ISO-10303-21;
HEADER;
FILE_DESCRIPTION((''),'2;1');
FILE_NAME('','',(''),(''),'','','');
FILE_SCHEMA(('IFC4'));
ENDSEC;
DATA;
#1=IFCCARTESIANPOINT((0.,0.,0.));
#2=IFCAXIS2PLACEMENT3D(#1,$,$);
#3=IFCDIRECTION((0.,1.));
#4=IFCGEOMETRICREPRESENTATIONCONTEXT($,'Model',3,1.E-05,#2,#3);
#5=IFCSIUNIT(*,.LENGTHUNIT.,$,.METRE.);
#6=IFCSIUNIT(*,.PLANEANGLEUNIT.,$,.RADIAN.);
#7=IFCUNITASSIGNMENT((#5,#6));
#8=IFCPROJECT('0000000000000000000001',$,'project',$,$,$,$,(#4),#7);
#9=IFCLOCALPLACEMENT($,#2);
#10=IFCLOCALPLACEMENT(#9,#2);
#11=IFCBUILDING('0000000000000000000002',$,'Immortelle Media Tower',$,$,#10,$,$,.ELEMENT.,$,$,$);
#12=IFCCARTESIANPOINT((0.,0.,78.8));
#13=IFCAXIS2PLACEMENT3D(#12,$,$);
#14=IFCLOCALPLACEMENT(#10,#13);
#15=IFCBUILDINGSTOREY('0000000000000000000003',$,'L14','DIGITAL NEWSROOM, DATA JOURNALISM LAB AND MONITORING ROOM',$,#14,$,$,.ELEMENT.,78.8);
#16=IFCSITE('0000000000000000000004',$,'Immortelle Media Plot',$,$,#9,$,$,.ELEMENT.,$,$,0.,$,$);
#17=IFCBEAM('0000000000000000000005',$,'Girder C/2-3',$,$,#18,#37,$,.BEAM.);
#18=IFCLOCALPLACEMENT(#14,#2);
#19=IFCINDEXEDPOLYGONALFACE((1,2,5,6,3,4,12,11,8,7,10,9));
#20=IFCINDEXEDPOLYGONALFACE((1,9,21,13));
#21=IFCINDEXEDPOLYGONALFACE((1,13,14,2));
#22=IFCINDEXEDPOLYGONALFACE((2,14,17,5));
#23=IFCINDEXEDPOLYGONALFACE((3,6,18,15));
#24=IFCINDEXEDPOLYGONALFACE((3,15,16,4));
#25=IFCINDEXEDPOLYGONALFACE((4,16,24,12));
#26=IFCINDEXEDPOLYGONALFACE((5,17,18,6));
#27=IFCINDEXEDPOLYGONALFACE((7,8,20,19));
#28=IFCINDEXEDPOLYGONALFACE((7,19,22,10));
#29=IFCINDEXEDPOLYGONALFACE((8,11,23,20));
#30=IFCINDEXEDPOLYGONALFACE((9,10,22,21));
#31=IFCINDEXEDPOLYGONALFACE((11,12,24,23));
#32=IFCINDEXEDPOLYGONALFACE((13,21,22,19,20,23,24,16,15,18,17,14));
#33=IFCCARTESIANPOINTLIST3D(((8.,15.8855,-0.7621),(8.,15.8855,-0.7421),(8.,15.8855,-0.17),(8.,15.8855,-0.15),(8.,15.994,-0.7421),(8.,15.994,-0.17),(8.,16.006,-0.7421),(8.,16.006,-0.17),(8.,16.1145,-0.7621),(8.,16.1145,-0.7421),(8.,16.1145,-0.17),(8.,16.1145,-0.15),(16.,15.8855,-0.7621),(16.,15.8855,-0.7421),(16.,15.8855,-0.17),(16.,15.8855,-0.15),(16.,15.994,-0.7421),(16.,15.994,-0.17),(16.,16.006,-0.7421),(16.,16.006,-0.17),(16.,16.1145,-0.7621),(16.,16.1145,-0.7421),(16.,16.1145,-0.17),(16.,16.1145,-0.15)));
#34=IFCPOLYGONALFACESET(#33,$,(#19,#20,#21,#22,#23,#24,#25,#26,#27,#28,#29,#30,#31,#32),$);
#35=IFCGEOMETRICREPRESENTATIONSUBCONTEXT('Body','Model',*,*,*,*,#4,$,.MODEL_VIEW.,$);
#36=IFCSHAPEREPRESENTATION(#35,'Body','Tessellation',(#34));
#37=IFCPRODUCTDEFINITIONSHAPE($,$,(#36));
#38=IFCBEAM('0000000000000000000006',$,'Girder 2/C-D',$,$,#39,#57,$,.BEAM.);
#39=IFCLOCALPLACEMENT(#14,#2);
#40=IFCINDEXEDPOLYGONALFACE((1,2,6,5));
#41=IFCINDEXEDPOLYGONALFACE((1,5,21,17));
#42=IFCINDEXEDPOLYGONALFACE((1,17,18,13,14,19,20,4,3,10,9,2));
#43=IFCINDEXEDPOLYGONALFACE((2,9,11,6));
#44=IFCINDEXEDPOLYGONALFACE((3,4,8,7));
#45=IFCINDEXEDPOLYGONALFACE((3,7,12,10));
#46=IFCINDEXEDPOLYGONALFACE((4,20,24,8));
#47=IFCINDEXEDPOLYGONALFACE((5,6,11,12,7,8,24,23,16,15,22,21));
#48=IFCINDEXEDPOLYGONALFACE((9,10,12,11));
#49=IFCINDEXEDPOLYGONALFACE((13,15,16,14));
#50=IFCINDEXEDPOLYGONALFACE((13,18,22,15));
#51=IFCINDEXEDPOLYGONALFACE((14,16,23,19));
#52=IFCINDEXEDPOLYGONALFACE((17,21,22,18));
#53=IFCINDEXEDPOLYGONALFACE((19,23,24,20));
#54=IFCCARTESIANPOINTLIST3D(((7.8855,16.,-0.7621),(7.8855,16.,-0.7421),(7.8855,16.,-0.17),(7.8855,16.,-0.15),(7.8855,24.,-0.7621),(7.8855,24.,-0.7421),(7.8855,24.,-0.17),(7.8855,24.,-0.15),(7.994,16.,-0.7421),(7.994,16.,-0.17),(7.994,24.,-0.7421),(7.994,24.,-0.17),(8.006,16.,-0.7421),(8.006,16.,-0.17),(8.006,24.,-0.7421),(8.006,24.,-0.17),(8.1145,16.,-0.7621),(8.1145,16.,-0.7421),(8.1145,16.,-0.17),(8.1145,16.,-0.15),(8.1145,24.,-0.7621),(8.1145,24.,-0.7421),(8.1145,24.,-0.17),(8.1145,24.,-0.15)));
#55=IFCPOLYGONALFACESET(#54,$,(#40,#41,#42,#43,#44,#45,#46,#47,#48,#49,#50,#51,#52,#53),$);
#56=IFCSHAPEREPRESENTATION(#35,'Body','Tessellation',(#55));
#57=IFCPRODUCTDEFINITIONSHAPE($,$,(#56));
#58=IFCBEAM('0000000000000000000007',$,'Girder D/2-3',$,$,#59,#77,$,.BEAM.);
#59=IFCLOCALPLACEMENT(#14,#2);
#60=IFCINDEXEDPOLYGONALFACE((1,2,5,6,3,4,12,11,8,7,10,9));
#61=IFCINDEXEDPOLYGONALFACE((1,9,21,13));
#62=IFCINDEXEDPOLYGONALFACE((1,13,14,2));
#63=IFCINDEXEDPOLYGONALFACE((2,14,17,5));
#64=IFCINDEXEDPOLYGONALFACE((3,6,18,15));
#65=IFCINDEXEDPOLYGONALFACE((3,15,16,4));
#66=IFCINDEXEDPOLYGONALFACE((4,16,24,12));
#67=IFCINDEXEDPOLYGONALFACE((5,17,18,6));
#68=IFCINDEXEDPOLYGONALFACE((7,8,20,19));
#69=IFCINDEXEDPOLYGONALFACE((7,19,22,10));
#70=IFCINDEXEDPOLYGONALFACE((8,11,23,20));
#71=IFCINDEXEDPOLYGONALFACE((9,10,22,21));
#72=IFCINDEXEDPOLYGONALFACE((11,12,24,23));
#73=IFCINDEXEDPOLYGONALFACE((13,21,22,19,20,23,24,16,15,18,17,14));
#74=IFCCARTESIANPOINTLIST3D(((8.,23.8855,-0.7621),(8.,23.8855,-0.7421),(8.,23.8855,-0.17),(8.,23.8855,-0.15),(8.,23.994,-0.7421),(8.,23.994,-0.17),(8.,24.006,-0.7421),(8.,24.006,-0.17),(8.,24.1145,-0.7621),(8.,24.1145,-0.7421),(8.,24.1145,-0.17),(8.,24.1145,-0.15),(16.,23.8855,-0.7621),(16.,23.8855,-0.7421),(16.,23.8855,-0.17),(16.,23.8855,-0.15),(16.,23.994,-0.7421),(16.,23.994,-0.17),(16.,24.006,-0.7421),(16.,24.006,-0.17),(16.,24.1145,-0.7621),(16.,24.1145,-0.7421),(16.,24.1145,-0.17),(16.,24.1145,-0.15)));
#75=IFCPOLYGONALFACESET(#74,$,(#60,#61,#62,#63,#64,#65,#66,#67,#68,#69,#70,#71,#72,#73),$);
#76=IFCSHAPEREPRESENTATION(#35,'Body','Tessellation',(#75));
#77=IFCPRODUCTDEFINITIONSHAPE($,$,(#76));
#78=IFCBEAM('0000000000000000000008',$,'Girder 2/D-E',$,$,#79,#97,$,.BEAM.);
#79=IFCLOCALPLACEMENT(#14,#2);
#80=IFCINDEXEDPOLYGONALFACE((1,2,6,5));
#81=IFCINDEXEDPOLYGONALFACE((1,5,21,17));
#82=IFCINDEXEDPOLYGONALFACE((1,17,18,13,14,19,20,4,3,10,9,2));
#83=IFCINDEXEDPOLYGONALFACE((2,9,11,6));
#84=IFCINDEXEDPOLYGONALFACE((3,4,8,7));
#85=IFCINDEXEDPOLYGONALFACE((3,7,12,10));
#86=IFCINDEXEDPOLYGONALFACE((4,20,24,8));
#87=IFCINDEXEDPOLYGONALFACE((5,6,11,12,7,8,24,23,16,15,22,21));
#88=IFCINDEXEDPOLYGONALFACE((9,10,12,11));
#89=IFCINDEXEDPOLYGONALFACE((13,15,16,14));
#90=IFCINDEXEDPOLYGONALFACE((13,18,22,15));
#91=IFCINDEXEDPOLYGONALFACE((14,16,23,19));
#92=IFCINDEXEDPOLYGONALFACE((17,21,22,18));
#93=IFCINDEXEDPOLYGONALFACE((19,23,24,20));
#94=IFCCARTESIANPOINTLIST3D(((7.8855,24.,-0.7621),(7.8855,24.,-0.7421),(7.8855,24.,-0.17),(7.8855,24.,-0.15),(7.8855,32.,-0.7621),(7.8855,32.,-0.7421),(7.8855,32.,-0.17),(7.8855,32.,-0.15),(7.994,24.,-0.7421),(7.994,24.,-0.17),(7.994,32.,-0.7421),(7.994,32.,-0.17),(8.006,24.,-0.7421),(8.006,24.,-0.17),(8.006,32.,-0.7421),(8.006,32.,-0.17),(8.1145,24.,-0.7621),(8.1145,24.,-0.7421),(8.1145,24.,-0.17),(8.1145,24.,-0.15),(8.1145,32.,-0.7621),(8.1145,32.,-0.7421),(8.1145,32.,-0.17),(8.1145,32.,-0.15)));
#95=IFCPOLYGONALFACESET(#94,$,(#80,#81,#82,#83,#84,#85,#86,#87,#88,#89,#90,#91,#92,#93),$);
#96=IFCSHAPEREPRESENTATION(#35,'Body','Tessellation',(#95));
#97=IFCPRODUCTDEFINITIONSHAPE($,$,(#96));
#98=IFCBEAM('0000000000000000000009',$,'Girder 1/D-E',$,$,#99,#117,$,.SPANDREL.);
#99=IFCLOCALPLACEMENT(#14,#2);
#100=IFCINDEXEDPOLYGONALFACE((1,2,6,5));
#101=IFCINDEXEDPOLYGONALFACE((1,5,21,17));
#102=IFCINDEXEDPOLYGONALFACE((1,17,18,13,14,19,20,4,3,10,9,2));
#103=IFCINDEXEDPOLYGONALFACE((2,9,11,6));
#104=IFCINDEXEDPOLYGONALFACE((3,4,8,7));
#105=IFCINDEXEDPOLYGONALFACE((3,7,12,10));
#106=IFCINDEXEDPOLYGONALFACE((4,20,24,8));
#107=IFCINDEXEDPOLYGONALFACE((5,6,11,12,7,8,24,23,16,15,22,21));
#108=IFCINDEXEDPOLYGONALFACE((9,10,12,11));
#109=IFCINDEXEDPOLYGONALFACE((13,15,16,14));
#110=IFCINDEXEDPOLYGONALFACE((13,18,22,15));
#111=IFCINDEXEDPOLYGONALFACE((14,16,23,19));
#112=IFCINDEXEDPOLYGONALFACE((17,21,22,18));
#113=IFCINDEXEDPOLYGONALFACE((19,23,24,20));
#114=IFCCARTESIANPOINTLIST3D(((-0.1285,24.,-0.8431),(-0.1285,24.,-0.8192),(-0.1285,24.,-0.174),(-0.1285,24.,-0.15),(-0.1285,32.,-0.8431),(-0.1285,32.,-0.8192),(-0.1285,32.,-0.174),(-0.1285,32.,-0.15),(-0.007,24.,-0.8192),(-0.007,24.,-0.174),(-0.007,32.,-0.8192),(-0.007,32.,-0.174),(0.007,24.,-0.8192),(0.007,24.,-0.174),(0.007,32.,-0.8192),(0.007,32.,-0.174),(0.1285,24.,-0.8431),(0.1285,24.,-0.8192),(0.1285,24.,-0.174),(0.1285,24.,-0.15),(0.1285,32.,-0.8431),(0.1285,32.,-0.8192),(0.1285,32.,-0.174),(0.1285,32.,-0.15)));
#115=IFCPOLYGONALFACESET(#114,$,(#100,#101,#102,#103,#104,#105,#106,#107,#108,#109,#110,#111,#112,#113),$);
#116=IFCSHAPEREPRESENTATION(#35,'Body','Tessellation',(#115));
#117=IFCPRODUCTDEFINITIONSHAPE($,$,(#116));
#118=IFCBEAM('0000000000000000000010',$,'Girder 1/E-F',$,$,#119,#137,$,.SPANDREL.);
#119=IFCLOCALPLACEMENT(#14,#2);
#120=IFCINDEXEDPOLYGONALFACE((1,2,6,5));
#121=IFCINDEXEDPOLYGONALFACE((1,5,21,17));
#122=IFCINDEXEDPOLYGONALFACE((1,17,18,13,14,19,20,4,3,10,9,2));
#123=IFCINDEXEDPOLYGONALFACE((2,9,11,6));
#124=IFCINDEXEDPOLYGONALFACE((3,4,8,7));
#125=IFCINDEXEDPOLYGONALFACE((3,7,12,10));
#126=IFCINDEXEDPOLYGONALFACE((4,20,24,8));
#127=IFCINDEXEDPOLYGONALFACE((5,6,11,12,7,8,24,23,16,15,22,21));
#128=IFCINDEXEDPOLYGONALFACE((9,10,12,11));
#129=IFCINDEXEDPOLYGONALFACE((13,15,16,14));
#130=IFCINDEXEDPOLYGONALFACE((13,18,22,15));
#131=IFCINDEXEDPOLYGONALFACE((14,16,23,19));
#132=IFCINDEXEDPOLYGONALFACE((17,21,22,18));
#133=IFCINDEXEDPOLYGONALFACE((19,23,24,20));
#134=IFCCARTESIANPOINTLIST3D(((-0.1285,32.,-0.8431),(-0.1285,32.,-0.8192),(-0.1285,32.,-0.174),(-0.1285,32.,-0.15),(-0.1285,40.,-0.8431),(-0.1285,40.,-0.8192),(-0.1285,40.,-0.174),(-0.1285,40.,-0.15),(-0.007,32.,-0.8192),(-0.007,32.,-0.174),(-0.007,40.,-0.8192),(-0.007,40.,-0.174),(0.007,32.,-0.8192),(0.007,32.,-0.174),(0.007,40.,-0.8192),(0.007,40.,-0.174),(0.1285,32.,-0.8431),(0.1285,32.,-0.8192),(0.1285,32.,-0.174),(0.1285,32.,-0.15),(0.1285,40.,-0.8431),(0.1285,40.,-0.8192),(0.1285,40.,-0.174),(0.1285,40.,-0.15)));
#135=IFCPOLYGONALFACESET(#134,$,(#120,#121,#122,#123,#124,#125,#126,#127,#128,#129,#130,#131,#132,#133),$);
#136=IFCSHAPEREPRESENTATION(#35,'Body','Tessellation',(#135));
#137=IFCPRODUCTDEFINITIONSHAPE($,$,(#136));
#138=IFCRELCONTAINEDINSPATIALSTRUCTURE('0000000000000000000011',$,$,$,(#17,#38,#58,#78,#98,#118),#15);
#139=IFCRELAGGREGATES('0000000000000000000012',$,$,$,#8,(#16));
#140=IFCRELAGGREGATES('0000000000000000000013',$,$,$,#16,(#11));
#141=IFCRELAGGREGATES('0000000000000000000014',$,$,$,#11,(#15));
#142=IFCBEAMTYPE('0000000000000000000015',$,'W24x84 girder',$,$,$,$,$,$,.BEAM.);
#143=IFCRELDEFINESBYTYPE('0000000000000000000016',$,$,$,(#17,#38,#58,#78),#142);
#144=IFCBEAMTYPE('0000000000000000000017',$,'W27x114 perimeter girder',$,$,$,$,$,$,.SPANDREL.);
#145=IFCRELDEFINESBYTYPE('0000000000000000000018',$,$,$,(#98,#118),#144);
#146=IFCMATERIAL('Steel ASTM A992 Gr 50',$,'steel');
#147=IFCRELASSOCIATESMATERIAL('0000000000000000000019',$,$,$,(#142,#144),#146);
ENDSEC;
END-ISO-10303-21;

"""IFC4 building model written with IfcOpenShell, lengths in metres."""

from ifc_helpers import new_model, si_unit, direction, frame, origin, origin_2d, place, context, subcontext, project, spatial, i_section, extrude, material, material_profile, profile_set, type_object, element, save


model = new_model("IFC4")

# Units and contexts
model_context = context("Model", 3, precision=1e-05, world=origin(), true_north=direction((0.0, 1.0)))
body_context = subcontext(model_context, "Body", "Model", "MODEL_VIEW")
ifc_project = project(units=[si_unit("LENGTHUNIT", "METRE"), si_unit("PLANEANGLEUNIT", "RADIAN")], contexts=[model_context])

# Site, building, storey
site_placement = place(None, origin())
site = spatial("IfcSite", under=ifc_project, at=site_placement, Name="Immortelle Media Plot", CompositionType="ELEMENT", RefElevation=0.0)
building_placement = place(site_placement, origin())
building = spatial("IfcBuilding", under=site, at=building_placement, Name="Immortelle Media Tower", CompositionType="ELEMENT")
storey_placement = place(building_placement, frame((0.0, 0.0, 78.8)))
storey = spatial("IfcBuildingStorey", under=building, at=storey_placement, Name="L14", Description="DIGITAL NEWSROOM, DATA JOURNALISM LAB AND MONITORING ROOM", CompositionType="ELEMENT", Elevation=78.8)

# Shared definitions
ifc_material_1 = material(Name="Steel ASTM A992 Gr 50", Category="steel")

# Beams
ifc_material_profile_1 = material_profile(ifc_material_1, i_section(OverallWidth=0.229, OverallDepth=0.6121, WebThickness=0.012, FlangeThickness=0.02, at=origin_2d()), Name="W24x84")
ifc_profile_set_1 = profile_set([ifc_material_profile_1], Name="Steel ASTM A992 Gr 50")
beam_type_1 = type_object("IfcBeamType", Name="W24x84 girder", PredefinedType="BEAM", material=ifc_profile_set_1)
for number, where, z_axis, x_axis, name in (
    (1, (8.0, 16.0, -0.4561), (1.0, 0.0, 0.0), (0.0, 1.0, 0.0), "Girder C/2-3"),
    (2, (8.0, 16.0, -0.4561), (0.0, 1.0, 0.0), (-1.0, 0.0, 0.0), "Girder 2/C-D"),
    (3, (8.0, 24.0, -0.4561), (1.0, 0.0, 0.0), (0.0, 1.0, 0.0), "Girder D/2-3"),
    (4, (8.0, 24.0, -0.4561), (0.0, 1.0, 0.0), (-1.0, 0.0, 0.0), "Girder 2/D-E"),
):
    element("IfcBeam", number, at=place(storey_placement, frame(where, z_axis=z_axis, x_axis=x_axis)), inside=storey, type_object=beam_type_1, Name=name, PredefinedType="BEAM", context=body_context, shape_type="SweptSolid", body=[
        extrude(i_section(OverallWidth=0.229, OverallDepth=0.6121, WebThickness=0.012, FlangeThickness=0.02, at=origin_2d()), origin(), (0.0, 0.0, 1.0), 8.0),
    ])
ifc_material_profile_2 = material_profile(ifc_material_1, i_section(OverallWidth=0.2571, OverallDepth=0.6931, WebThickness=0.0139, FlangeThickness=0.0239, at=origin_2d()), Name="W27x114")
ifc_profile_set_2 = profile_set([ifc_material_profile_2], Name="Steel ASTM A992 Gr 50")
beam_type_2 = type_object("IfcBeamType", Name="W27x114 perimeter girder", PredefinedType="SPANDREL", material=ifc_profile_set_2)
for number, where, z_axis, x_axis, name in (
    (5, (0.0, 24.0, -0.4966), (0.0, 1.0, 0.0), (-1.0, 0.0, 0.0), "Girder 1/D-E"),
    (6, (0.0, 32.0, -0.4966), (0.0, 1.0, 0.0), (-1.0, 0.0, 0.0), "Girder 1/E-F"),
):
    element("IfcBeam", number, at=place(storey_placement, frame(where, z_axis=z_axis, x_axis=x_axis)), inside=storey, type_object=beam_type_2, Name=name, PredefinedType="SPANDREL", context=body_context, shape_type="SweptSolid", body=[
        extrude(i_section(OverallWidth=0.2571, OverallDepth=0.6931, WebThickness=0.0139, FlangeThickness=0.0239, at=origin_2d()), origin(), (0.0, 0.0, 1.0), 8.0),
    ])

save(model, "model.ifc")
